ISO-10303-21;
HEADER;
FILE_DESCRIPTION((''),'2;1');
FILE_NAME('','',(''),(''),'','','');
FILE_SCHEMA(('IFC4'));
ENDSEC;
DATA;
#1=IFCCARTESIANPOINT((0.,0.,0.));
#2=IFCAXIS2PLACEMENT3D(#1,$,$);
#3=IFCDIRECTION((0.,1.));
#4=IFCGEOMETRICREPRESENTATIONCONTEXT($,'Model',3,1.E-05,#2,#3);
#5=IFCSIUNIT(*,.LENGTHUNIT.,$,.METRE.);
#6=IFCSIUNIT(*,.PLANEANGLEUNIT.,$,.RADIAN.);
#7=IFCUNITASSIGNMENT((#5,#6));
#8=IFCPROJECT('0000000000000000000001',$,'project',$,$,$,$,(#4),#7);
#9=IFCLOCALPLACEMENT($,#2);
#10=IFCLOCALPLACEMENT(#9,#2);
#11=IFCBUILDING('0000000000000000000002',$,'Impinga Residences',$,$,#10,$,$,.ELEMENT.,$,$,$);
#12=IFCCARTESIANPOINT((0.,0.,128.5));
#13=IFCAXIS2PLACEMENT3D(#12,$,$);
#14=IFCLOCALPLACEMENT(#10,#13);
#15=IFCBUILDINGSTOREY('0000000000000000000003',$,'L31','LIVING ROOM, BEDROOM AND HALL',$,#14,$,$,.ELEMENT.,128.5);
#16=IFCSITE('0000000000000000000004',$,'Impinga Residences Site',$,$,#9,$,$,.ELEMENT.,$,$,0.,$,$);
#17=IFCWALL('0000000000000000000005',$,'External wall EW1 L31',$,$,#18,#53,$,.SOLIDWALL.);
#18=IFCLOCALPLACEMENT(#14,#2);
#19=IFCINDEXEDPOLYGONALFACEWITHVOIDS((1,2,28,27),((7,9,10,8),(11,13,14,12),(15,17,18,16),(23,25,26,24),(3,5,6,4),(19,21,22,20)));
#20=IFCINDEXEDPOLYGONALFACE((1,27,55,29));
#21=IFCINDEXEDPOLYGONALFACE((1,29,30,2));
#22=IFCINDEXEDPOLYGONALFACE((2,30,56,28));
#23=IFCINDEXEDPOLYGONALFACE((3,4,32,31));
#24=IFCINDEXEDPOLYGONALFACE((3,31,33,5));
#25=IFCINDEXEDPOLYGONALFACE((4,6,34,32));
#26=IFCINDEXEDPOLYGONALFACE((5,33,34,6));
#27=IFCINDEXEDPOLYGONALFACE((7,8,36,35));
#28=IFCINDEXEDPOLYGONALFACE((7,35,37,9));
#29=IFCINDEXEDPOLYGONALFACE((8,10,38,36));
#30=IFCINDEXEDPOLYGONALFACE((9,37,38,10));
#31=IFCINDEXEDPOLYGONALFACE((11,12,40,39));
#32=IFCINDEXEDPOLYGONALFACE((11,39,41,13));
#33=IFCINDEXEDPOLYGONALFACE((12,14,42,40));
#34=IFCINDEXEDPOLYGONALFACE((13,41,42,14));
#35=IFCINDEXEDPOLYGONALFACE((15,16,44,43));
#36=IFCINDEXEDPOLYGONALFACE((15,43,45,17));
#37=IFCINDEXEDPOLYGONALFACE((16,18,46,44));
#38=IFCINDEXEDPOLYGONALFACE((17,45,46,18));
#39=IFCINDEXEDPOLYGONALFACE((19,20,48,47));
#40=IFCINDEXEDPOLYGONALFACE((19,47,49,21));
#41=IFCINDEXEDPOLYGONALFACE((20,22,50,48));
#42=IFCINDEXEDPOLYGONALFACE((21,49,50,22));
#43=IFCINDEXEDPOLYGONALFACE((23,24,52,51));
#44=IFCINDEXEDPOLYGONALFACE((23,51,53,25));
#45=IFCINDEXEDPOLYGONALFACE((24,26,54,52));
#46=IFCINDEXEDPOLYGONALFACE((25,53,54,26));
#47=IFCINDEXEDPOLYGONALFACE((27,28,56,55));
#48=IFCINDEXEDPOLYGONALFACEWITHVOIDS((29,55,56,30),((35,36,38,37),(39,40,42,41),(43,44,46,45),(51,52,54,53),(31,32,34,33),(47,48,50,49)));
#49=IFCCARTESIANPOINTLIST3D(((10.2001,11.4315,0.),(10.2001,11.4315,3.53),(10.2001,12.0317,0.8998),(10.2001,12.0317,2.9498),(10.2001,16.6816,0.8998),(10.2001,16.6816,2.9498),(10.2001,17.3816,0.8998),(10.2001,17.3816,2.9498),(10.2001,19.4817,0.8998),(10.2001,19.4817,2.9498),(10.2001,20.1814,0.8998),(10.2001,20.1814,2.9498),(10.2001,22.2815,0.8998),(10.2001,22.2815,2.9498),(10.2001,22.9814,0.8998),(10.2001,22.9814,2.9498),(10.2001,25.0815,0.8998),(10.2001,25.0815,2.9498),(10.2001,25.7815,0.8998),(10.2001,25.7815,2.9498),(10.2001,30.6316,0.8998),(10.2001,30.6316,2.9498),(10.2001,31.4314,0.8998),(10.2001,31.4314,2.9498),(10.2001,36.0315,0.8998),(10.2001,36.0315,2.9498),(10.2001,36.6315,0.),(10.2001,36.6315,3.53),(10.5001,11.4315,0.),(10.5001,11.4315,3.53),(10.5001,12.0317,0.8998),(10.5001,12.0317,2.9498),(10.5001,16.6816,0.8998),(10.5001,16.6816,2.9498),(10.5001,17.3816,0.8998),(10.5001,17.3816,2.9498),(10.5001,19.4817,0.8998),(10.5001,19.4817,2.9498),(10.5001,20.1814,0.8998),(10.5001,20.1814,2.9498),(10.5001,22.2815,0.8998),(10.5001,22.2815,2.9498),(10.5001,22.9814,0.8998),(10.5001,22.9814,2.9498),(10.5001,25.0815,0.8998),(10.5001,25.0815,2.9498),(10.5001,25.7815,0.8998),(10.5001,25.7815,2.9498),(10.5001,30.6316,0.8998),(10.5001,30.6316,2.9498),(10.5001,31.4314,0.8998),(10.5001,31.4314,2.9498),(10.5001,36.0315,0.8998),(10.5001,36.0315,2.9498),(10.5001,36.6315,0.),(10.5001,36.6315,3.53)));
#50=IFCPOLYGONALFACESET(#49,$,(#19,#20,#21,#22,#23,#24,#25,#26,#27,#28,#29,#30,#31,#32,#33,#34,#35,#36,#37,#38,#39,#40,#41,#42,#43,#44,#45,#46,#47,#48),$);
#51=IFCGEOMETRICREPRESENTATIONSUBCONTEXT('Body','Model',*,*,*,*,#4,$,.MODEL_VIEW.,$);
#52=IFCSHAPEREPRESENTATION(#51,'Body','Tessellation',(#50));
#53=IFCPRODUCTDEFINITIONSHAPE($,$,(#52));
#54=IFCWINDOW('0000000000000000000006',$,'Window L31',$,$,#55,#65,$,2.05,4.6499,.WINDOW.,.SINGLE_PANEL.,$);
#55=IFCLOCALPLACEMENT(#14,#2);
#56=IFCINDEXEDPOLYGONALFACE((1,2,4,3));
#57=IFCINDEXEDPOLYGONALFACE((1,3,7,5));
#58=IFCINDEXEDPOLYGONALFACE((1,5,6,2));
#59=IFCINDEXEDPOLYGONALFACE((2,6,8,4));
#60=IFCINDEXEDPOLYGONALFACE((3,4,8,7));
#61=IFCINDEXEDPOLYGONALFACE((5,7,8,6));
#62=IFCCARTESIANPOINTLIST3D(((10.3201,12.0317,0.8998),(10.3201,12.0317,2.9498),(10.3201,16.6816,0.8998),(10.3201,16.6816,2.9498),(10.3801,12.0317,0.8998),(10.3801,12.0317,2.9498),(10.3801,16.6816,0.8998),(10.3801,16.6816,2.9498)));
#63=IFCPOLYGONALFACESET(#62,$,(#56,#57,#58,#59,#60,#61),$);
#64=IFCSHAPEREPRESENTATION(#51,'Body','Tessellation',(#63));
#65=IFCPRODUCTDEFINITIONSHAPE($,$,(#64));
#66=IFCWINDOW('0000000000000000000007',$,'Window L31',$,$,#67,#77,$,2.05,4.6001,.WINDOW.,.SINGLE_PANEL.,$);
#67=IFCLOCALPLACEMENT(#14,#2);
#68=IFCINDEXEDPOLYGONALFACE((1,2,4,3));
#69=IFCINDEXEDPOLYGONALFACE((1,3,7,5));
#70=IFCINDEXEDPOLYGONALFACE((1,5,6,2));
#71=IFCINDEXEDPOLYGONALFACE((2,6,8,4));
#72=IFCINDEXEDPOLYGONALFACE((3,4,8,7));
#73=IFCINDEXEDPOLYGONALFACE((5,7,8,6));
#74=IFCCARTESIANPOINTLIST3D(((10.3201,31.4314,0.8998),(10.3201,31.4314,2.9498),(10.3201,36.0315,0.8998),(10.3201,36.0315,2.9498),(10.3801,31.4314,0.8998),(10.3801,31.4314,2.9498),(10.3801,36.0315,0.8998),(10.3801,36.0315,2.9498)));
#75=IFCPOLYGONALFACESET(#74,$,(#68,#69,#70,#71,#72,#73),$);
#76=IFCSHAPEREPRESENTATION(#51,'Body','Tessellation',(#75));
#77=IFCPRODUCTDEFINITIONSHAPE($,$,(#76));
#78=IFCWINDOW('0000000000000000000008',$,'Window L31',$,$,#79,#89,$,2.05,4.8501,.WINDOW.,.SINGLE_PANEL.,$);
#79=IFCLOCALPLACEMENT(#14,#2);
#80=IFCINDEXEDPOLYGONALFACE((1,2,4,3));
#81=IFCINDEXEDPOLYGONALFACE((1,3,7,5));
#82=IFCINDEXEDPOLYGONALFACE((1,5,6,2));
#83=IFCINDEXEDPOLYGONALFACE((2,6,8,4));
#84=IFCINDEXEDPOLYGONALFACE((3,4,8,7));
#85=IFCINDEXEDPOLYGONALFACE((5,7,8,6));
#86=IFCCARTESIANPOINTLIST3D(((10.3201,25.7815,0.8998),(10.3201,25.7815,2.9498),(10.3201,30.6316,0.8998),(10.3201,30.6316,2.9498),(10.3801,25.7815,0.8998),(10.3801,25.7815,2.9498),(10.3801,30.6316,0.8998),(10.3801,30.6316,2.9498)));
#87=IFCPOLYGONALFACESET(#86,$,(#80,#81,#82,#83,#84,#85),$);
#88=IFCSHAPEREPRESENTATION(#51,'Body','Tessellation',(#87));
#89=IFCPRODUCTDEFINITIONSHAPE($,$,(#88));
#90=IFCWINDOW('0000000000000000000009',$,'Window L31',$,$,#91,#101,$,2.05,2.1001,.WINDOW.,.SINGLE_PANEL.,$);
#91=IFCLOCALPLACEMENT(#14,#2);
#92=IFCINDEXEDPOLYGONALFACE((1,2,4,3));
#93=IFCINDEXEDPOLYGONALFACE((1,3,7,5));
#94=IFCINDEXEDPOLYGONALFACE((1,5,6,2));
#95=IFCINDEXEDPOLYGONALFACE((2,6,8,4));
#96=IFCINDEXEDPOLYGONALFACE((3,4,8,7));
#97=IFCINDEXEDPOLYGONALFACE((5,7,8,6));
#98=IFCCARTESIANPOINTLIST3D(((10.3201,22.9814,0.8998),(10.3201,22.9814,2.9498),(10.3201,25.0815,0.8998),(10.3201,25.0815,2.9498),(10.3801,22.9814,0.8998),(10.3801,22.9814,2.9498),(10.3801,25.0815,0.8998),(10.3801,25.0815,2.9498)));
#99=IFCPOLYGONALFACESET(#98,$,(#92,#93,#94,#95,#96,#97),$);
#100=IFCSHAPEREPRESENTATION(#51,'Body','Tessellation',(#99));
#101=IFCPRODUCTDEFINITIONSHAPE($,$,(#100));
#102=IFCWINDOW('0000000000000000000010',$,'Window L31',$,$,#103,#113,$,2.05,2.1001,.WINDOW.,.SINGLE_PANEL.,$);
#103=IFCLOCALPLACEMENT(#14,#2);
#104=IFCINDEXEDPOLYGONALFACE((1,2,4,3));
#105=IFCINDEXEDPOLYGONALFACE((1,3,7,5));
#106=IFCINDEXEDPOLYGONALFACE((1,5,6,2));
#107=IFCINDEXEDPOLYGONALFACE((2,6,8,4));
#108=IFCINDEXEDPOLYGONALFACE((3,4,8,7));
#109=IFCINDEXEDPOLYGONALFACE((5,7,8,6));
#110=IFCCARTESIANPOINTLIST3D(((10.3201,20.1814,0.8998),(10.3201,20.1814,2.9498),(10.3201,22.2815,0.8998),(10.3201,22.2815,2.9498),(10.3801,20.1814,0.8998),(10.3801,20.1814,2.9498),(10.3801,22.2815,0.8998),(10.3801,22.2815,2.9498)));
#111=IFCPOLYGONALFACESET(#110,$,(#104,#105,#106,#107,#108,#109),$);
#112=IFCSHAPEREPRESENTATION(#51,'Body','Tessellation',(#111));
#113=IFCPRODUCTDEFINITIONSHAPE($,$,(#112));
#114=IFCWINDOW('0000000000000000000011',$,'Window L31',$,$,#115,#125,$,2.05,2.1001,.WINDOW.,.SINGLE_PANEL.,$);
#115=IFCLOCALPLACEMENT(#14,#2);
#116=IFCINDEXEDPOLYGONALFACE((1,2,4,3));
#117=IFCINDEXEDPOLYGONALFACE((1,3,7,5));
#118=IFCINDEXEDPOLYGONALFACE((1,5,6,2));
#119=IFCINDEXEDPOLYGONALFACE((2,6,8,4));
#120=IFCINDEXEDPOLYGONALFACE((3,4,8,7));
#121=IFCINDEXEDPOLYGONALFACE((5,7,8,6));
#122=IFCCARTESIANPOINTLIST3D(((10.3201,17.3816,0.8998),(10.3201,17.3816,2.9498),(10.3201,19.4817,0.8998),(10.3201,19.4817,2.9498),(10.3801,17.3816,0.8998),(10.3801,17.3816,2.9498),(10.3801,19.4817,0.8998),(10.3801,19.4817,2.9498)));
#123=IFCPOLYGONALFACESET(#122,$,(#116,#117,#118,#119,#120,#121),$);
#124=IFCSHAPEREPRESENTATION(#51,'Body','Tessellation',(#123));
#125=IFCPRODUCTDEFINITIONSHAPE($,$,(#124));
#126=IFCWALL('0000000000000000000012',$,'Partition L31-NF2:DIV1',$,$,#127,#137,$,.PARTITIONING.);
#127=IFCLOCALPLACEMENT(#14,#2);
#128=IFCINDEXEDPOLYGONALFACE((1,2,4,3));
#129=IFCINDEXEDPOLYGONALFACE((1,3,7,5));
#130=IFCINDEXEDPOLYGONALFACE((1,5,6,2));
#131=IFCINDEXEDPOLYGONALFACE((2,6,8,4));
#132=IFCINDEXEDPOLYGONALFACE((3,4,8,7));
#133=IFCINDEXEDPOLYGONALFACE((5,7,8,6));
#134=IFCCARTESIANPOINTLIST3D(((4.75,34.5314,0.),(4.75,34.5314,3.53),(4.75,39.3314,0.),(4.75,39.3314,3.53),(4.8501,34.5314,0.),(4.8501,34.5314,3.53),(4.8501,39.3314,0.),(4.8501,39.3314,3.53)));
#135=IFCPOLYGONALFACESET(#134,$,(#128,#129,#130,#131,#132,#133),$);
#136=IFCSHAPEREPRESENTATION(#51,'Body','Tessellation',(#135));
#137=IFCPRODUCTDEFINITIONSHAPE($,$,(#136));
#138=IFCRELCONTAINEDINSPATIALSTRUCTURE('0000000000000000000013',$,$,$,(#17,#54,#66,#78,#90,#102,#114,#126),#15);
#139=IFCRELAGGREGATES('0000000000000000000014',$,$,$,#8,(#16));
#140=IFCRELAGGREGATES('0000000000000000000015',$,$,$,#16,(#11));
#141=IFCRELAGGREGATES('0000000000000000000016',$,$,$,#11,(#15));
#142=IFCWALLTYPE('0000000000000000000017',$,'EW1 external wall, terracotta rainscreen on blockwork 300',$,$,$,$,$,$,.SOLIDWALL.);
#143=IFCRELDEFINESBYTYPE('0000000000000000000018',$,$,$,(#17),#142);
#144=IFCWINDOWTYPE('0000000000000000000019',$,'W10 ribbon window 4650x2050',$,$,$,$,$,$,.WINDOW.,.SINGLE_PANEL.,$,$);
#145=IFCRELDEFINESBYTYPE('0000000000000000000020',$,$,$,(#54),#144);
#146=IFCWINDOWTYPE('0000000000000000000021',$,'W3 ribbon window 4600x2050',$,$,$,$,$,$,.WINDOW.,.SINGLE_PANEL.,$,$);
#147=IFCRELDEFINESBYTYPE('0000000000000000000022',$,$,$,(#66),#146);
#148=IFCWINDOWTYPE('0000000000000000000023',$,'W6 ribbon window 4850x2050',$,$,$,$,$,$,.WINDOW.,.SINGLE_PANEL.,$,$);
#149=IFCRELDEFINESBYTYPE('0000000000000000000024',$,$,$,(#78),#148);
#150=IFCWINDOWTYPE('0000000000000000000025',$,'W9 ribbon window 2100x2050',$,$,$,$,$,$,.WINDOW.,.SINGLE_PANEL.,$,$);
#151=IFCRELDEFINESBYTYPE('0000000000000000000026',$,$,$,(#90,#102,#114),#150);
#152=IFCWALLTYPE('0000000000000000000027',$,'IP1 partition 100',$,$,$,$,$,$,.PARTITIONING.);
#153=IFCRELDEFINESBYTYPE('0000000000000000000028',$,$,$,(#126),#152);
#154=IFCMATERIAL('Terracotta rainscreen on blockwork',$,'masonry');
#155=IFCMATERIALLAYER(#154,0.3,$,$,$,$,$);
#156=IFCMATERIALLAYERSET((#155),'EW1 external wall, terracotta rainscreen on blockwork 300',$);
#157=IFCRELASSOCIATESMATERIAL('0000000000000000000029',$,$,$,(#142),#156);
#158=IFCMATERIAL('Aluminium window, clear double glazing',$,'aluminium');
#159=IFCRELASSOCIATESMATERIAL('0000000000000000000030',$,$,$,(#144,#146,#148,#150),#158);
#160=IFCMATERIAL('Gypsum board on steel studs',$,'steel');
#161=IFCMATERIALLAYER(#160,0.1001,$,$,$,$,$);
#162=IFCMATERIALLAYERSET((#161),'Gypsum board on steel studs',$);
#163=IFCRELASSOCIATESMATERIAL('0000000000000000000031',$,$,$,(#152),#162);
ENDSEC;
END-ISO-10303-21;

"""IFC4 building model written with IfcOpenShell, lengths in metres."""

from ifc_helpers import new_model, si_unit, direction, frame, frame_2d, origin, place, context, subcontext, project, spatial, rectangle, extrude, material, layer, layer_set, type_object, element, fill, save


model = new_model("IFC4")

# Units and contexts
model_context = context("Model", 3, precision=1e-05, world=origin(), true_north=direction((0.0, 1.0)))
body_context = subcontext(model_context, "Body", "Model", "MODEL_VIEW")
ifc_project = project(units=[si_unit("LENGTHUNIT", "METRE"), si_unit("PLANEANGLEUNIT", "RADIAN")], contexts=[model_context])

# Site, building, storey
site_placement = place(None, origin())
site = spatial("IfcSite", under=ifc_project, at=site_placement, Name="Impinga Residences Site", CompositionType="ELEMENT", RefElevation=0.0)
building_placement = place(site_placement, origin())
building = spatial("IfcBuilding", under=site, at=building_placement, Name="Impinga Residences", CompositionType="ELEMENT")
storey_placement = place(building_placement, frame((0.0, 0.0, 128.5)))
storey = spatial("IfcBuildingStorey", under=building, at=storey_placement, Name="L31", Description="LIVING ROOM, BEDROOM AND HALL", CompositionType="ELEMENT", Elevation=128.5)

# Shared definitions
ifc_material_1 = material(Name="Terracotta rainscreen on blockwork", Category="masonry")
ifc_layer_1 = layer(ifc_material_1, 0.3)
ifc_layer_set_1 = layer_set([ifc_layer_1], Name="EW1 external wall, terracotta rainscreen on blockwork 300")
wall_type_1 = type_object("IfcWallType", Name="EW1 external wall, terracotta rainscreen on blockwork 300", PredefinedType="SOLIDWALL", material=ifc_layer_set_1)

# Wall, openings, windows
wall_1_placement = place(storey_placement, frame((10.3501, 36.6316, 0.0), z_axis=(0.0, 0.0, 1.0), x_axis=(0.0, -1.0, 0.0)))
wall_1 = element("IfcWall", 1, at=wall_1_placement, inside=storey, type_object=wall_type_1, Name="External wall EW1 L31", PredefinedType="SOLIDWALL", context=body_context, shape_type="SweptSolid", body=[
    extrude(rectangle(XDim=25.2, YDim=0.3, at=frame_2d((12.6001, 0.0))), origin(), (0.0, 0.0, 1.0), 3.53),
])
opening_1_placement = place(wall_1_placement, frame((0.6001, 0.0, 0.8999)))
opening_1 = element("IfcOpeningElement", 2, at=opening_1_placement, cuts=wall_1, PredefinedType="OPENING", context=body_context, shape_type="SweptSolid", body=[
    extrude(rectangle(XDim=4.6001, YDim=2.05, at=frame_2d((2.3, 1.0249))), frame((0.0, 0.1599, 0.0), z_axis=(0.0, -1.0, 0.0), x_axis=(1.0, 0.0, 0.0)), (0.0, 0.0, 1.0), 0.3201),
])
opening_2_placement = place(wall_1_placement, frame((6.0, 0.0, 0.8999)))
opening_2 = element("IfcOpeningElement", 3, at=opening_2_placement, cuts=wall_1, PredefinedType="OPENING", context=body_context, shape_type="SweptSolid", body=[
    extrude(rectangle(XDim=4.8501, YDim=2.05, at=frame_2d((2.425, 1.0249))), frame((0.0, 0.1599, 0.0), z_axis=(0.0, -1.0, 0.0), x_axis=(1.0, 0.0, 0.0)), (0.0, 0.0, 1.0), 0.3201),
])
opening_3_placement = place(wall_1_placement, frame((11.55, 0.0, 0.8999)))
opening_3 = element("IfcOpeningElement", 4, at=opening_3_placement, cuts=wall_1, PredefinedType="OPENING", context=body_context, shape_type="SweptSolid", body=[
    extrude(rectangle(XDim=2.1001, YDim=2.05, at=frame_2d((1.05, 1.0249))), frame((0.0, 0.1599, 0.0), z_axis=(0.0, -1.0, 0.0), x_axis=(1.0, 0.0, 0.0)), (0.0, 0.0, 1.0), 0.3201),
])
opening_4_placement = place(wall_1_placement, frame((14.3501, 0.0, 0.8999)))
opening_4 = element("IfcOpeningElement", 5, at=opening_4_placement, cuts=wall_1, PredefinedType="OPENING", context=body_context, shape_type="SweptSolid", body=[
    extrude(rectangle(XDim=2.1001, YDim=2.05, at=frame_2d((1.05, 1.0249))), frame((0.0, 0.1599, 0.0), z_axis=(0.0, -1.0, 0.0), x_axis=(1.0, 0.0, 0.0)), (0.0, 0.0, 1.0), 0.3201),
])
opening_5_placement = place(wall_1_placement, frame((17.1499, 0.0, 0.8999)))
opening_5 = element("IfcOpeningElement", 6, at=opening_5_placement, cuts=wall_1, PredefinedType="OPENING", context=body_context, shape_type="SweptSolid", body=[
    extrude(rectangle(XDim=2.1001, YDim=2.05, at=frame_2d((1.05, 1.0249))), frame((0.0, 0.1599, 0.0), z_axis=(0.0, -1.0, 0.0), x_axis=(1.0, 0.0, 0.0)), (0.0, 0.0, 1.0), 0.3201),
])
opening_6_placement = place(wall_1_placement, frame((19.95, 0.0, 0.8999)))
opening_6 = element("IfcOpeningElement", 7, at=opening_6_placement, cuts=wall_1, PredefinedType="OPENING", context=body_context, shape_type="SweptSolid", body=[
    extrude(rectangle(XDim=4.6499, YDim=2.05, at=frame_2d((2.325, 1.0249))), frame((0.0, 0.1599, 0.0), z_axis=(0.0, -1.0, 0.0), x_axis=(1.0, 0.0, 0.0)), (0.0, 0.0, 1.0), 0.3201),
])
ifc_material_2 = material(Name="Aluminium window, clear double glazing", Category="aluminium")
window_type_1 = type_object("IfcWindowType", Name="W10 ribbon window 4650x2050", PartitioningType="SINGLE_PANEL", PredefinedType="WINDOW", material=ifc_material_2)
window_1_placement = place(opening_6_placement, origin())
window_1 = element("IfcWindow", 8, at=window_1_placement, inside=storey, type_object=window_type_1, Name="Window L31", OverallHeight=2.05, OverallWidth=4.6499, PartitioningType="SINGLE_PANEL", PredefinedType="WINDOW", context=body_context, shape_type="SweptSolid", body=[
    extrude(rectangle(XDim=4.6499, YDim=2.05, at=frame_2d((2.325, 1.0249))), frame((0.0, 0.03, 0.0), z_axis=(0.0, -1.0, 0.0), x_axis=(1.0, 0.0, 0.0)), (0.0, 0.0, 1.0), 0.0601),
])
fill(opening_6, window_1)
window_type_2 = type_object("IfcWindowType", Name="W3 ribbon window 4600x2050", PartitioningType="SINGLE_PANEL", PredefinedType="WINDOW", material=ifc_material_2)
window_2_placement = place(opening_1_placement, origin())
window_2 = element("IfcWindow", 9, at=window_2_placement, inside=storey, type_object=window_type_2, Name="Window L31", OverallHeight=2.05, OverallWidth=4.6001, PartitioningType="SINGLE_PANEL", PredefinedType="WINDOW", context=body_context, shape_type="SweptSolid", body=[
    extrude(rectangle(XDim=4.6001, YDim=2.05, at=frame_2d((2.3, 1.0249))), frame((0.0, 0.03, 0.0), z_axis=(0.0, -1.0, 0.0), x_axis=(1.0, 0.0, 0.0)), (0.0, 0.0, 1.0), 0.0601),
])
fill(opening_1, window_2)
window_type_3 = type_object("IfcWindowType", Name="W6 ribbon window 4850x2050", PartitioningType="SINGLE_PANEL", PredefinedType="WINDOW", material=ifc_material_2)
window_3_placement = place(opening_2_placement, origin())
window_3 = element("IfcWindow", 10, at=window_3_placement, inside=storey, type_object=window_type_3, Name="Window L31", OverallHeight=2.05, OverallWidth=4.8501, PartitioningType="SINGLE_PANEL", PredefinedType="WINDOW", context=body_context, shape_type="SweptSolid", body=[
    extrude(rectangle(XDim=4.8501, YDim=2.05, at=frame_2d((2.425, 1.0249))), frame((0.0, 0.03, 0.0), z_axis=(0.0, -1.0, 0.0), x_axis=(1.0, 0.0, 0.0)), (0.0, 0.0, 1.0), 0.0601),
])
fill(opening_2, window_3)
window_type_4 = type_object("IfcWindowType", Name="W9 ribbon window 2100x2050", PartitioningType="SINGLE_PANEL", PredefinedType="WINDOW", material=ifc_material_2)
window_4_placement = place(opening_3_placement, origin())
window_4 = element("IfcWindow", 11, at=window_4_placement, inside=storey, type_object=window_type_4, Name="Window L31", OverallHeight=2.05, OverallWidth=2.1001, PartitioningType="SINGLE_PANEL", PredefinedType="WINDOW", context=body_context, shape_type="SweptSolid", body=[
    extrude(rectangle(XDim=2.1001, YDim=2.05, at=frame_2d((1.05, 1.0249))), frame((0.0, 0.03, 0.0), z_axis=(0.0, -1.0, 0.0), x_axis=(1.0, 0.0, 0.0)), (0.0, 0.0, 1.0), 0.0601),
])
fill(opening_3, window_4)
window_5_placement = place(opening_4_placement, origin())
window_5 = element("IfcWindow", 12, at=window_5_placement, inside=storey, type_object=window_type_4, Name="Window L31", OverallHeight=2.05, OverallWidth=2.1001, PartitioningType="SINGLE_PANEL", PredefinedType="WINDOW", context=body_context, shape_type="SweptSolid", body=[
    extrude(rectangle(XDim=2.1001, YDim=2.05, at=frame_2d((1.05, 1.0249))), frame((0.0, 0.03, 0.0), z_axis=(0.0, -1.0, 0.0), x_axis=(1.0, 0.0, 0.0)), (0.0, 0.0, 1.0), 0.0601),
])
fill(opening_4, window_5)
window_6_placement = place(opening_5_placement, origin())
window_6 = element("IfcWindow", 13, at=window_6_placement, inside=storey, type_object=window_type_4, Name="Window L31", OverallHeight=2.05, OverallWidth=2.1001, PartitioningType="SINGLE_PANEL", PredefinedType="WINDOW", context=body_context, shape_type="SweptSolid", body=[
    extrude(rectangle(XDim=2.1001, YDim=2.05, at=frame_2d((1.05, 1.0249))), frame((0.0, 0.03, 0.0), z_axis=(0.0, -1.0, 0.0), x_axis=(1.0, 0.0, 0.0)), (0.0, 0.0, 1.0), 0.0601),
])
fill(opening_5, window_6)

# Wall
ifc_material_3 = material(Name="Gypsum board on steel studs", Category="steel")
ifc_layer_2 = layer(ifc_material_3, 0.1001)
ifc_layer_set_2 = layer_set([ifc_layer_2], Name="Gypsum board on steel studs")
wall_type_2 = type_object("IfcWallType", Name="IP1 partition 100", PredefinedType="PARTITIONING", material=ifc_layer_set_2)
wall_2_placement = place(storey_placement, frame((4.8, 34.5315, 0.0), z_axis=(0.0, 0.0, 1.0), x_axis=(0.0, 1.0, 0.0)))
element("IfcWall", 14, at=wall_2_placement, inside=storey, type_object=wall_type_2, Name="Partition L31-NF2:DIV1", PredefinedType="PARTITIONING", context=body_context, shape_type="SweptSolid", body=[
    extrude(rectangle(XDim=4.8, YDim=0.1001, at=frame_2d((2.3999, 0.0))), origin(), (0.0, 0.0, 1.0), 3.53),
])

save(model, "model.ifc")
